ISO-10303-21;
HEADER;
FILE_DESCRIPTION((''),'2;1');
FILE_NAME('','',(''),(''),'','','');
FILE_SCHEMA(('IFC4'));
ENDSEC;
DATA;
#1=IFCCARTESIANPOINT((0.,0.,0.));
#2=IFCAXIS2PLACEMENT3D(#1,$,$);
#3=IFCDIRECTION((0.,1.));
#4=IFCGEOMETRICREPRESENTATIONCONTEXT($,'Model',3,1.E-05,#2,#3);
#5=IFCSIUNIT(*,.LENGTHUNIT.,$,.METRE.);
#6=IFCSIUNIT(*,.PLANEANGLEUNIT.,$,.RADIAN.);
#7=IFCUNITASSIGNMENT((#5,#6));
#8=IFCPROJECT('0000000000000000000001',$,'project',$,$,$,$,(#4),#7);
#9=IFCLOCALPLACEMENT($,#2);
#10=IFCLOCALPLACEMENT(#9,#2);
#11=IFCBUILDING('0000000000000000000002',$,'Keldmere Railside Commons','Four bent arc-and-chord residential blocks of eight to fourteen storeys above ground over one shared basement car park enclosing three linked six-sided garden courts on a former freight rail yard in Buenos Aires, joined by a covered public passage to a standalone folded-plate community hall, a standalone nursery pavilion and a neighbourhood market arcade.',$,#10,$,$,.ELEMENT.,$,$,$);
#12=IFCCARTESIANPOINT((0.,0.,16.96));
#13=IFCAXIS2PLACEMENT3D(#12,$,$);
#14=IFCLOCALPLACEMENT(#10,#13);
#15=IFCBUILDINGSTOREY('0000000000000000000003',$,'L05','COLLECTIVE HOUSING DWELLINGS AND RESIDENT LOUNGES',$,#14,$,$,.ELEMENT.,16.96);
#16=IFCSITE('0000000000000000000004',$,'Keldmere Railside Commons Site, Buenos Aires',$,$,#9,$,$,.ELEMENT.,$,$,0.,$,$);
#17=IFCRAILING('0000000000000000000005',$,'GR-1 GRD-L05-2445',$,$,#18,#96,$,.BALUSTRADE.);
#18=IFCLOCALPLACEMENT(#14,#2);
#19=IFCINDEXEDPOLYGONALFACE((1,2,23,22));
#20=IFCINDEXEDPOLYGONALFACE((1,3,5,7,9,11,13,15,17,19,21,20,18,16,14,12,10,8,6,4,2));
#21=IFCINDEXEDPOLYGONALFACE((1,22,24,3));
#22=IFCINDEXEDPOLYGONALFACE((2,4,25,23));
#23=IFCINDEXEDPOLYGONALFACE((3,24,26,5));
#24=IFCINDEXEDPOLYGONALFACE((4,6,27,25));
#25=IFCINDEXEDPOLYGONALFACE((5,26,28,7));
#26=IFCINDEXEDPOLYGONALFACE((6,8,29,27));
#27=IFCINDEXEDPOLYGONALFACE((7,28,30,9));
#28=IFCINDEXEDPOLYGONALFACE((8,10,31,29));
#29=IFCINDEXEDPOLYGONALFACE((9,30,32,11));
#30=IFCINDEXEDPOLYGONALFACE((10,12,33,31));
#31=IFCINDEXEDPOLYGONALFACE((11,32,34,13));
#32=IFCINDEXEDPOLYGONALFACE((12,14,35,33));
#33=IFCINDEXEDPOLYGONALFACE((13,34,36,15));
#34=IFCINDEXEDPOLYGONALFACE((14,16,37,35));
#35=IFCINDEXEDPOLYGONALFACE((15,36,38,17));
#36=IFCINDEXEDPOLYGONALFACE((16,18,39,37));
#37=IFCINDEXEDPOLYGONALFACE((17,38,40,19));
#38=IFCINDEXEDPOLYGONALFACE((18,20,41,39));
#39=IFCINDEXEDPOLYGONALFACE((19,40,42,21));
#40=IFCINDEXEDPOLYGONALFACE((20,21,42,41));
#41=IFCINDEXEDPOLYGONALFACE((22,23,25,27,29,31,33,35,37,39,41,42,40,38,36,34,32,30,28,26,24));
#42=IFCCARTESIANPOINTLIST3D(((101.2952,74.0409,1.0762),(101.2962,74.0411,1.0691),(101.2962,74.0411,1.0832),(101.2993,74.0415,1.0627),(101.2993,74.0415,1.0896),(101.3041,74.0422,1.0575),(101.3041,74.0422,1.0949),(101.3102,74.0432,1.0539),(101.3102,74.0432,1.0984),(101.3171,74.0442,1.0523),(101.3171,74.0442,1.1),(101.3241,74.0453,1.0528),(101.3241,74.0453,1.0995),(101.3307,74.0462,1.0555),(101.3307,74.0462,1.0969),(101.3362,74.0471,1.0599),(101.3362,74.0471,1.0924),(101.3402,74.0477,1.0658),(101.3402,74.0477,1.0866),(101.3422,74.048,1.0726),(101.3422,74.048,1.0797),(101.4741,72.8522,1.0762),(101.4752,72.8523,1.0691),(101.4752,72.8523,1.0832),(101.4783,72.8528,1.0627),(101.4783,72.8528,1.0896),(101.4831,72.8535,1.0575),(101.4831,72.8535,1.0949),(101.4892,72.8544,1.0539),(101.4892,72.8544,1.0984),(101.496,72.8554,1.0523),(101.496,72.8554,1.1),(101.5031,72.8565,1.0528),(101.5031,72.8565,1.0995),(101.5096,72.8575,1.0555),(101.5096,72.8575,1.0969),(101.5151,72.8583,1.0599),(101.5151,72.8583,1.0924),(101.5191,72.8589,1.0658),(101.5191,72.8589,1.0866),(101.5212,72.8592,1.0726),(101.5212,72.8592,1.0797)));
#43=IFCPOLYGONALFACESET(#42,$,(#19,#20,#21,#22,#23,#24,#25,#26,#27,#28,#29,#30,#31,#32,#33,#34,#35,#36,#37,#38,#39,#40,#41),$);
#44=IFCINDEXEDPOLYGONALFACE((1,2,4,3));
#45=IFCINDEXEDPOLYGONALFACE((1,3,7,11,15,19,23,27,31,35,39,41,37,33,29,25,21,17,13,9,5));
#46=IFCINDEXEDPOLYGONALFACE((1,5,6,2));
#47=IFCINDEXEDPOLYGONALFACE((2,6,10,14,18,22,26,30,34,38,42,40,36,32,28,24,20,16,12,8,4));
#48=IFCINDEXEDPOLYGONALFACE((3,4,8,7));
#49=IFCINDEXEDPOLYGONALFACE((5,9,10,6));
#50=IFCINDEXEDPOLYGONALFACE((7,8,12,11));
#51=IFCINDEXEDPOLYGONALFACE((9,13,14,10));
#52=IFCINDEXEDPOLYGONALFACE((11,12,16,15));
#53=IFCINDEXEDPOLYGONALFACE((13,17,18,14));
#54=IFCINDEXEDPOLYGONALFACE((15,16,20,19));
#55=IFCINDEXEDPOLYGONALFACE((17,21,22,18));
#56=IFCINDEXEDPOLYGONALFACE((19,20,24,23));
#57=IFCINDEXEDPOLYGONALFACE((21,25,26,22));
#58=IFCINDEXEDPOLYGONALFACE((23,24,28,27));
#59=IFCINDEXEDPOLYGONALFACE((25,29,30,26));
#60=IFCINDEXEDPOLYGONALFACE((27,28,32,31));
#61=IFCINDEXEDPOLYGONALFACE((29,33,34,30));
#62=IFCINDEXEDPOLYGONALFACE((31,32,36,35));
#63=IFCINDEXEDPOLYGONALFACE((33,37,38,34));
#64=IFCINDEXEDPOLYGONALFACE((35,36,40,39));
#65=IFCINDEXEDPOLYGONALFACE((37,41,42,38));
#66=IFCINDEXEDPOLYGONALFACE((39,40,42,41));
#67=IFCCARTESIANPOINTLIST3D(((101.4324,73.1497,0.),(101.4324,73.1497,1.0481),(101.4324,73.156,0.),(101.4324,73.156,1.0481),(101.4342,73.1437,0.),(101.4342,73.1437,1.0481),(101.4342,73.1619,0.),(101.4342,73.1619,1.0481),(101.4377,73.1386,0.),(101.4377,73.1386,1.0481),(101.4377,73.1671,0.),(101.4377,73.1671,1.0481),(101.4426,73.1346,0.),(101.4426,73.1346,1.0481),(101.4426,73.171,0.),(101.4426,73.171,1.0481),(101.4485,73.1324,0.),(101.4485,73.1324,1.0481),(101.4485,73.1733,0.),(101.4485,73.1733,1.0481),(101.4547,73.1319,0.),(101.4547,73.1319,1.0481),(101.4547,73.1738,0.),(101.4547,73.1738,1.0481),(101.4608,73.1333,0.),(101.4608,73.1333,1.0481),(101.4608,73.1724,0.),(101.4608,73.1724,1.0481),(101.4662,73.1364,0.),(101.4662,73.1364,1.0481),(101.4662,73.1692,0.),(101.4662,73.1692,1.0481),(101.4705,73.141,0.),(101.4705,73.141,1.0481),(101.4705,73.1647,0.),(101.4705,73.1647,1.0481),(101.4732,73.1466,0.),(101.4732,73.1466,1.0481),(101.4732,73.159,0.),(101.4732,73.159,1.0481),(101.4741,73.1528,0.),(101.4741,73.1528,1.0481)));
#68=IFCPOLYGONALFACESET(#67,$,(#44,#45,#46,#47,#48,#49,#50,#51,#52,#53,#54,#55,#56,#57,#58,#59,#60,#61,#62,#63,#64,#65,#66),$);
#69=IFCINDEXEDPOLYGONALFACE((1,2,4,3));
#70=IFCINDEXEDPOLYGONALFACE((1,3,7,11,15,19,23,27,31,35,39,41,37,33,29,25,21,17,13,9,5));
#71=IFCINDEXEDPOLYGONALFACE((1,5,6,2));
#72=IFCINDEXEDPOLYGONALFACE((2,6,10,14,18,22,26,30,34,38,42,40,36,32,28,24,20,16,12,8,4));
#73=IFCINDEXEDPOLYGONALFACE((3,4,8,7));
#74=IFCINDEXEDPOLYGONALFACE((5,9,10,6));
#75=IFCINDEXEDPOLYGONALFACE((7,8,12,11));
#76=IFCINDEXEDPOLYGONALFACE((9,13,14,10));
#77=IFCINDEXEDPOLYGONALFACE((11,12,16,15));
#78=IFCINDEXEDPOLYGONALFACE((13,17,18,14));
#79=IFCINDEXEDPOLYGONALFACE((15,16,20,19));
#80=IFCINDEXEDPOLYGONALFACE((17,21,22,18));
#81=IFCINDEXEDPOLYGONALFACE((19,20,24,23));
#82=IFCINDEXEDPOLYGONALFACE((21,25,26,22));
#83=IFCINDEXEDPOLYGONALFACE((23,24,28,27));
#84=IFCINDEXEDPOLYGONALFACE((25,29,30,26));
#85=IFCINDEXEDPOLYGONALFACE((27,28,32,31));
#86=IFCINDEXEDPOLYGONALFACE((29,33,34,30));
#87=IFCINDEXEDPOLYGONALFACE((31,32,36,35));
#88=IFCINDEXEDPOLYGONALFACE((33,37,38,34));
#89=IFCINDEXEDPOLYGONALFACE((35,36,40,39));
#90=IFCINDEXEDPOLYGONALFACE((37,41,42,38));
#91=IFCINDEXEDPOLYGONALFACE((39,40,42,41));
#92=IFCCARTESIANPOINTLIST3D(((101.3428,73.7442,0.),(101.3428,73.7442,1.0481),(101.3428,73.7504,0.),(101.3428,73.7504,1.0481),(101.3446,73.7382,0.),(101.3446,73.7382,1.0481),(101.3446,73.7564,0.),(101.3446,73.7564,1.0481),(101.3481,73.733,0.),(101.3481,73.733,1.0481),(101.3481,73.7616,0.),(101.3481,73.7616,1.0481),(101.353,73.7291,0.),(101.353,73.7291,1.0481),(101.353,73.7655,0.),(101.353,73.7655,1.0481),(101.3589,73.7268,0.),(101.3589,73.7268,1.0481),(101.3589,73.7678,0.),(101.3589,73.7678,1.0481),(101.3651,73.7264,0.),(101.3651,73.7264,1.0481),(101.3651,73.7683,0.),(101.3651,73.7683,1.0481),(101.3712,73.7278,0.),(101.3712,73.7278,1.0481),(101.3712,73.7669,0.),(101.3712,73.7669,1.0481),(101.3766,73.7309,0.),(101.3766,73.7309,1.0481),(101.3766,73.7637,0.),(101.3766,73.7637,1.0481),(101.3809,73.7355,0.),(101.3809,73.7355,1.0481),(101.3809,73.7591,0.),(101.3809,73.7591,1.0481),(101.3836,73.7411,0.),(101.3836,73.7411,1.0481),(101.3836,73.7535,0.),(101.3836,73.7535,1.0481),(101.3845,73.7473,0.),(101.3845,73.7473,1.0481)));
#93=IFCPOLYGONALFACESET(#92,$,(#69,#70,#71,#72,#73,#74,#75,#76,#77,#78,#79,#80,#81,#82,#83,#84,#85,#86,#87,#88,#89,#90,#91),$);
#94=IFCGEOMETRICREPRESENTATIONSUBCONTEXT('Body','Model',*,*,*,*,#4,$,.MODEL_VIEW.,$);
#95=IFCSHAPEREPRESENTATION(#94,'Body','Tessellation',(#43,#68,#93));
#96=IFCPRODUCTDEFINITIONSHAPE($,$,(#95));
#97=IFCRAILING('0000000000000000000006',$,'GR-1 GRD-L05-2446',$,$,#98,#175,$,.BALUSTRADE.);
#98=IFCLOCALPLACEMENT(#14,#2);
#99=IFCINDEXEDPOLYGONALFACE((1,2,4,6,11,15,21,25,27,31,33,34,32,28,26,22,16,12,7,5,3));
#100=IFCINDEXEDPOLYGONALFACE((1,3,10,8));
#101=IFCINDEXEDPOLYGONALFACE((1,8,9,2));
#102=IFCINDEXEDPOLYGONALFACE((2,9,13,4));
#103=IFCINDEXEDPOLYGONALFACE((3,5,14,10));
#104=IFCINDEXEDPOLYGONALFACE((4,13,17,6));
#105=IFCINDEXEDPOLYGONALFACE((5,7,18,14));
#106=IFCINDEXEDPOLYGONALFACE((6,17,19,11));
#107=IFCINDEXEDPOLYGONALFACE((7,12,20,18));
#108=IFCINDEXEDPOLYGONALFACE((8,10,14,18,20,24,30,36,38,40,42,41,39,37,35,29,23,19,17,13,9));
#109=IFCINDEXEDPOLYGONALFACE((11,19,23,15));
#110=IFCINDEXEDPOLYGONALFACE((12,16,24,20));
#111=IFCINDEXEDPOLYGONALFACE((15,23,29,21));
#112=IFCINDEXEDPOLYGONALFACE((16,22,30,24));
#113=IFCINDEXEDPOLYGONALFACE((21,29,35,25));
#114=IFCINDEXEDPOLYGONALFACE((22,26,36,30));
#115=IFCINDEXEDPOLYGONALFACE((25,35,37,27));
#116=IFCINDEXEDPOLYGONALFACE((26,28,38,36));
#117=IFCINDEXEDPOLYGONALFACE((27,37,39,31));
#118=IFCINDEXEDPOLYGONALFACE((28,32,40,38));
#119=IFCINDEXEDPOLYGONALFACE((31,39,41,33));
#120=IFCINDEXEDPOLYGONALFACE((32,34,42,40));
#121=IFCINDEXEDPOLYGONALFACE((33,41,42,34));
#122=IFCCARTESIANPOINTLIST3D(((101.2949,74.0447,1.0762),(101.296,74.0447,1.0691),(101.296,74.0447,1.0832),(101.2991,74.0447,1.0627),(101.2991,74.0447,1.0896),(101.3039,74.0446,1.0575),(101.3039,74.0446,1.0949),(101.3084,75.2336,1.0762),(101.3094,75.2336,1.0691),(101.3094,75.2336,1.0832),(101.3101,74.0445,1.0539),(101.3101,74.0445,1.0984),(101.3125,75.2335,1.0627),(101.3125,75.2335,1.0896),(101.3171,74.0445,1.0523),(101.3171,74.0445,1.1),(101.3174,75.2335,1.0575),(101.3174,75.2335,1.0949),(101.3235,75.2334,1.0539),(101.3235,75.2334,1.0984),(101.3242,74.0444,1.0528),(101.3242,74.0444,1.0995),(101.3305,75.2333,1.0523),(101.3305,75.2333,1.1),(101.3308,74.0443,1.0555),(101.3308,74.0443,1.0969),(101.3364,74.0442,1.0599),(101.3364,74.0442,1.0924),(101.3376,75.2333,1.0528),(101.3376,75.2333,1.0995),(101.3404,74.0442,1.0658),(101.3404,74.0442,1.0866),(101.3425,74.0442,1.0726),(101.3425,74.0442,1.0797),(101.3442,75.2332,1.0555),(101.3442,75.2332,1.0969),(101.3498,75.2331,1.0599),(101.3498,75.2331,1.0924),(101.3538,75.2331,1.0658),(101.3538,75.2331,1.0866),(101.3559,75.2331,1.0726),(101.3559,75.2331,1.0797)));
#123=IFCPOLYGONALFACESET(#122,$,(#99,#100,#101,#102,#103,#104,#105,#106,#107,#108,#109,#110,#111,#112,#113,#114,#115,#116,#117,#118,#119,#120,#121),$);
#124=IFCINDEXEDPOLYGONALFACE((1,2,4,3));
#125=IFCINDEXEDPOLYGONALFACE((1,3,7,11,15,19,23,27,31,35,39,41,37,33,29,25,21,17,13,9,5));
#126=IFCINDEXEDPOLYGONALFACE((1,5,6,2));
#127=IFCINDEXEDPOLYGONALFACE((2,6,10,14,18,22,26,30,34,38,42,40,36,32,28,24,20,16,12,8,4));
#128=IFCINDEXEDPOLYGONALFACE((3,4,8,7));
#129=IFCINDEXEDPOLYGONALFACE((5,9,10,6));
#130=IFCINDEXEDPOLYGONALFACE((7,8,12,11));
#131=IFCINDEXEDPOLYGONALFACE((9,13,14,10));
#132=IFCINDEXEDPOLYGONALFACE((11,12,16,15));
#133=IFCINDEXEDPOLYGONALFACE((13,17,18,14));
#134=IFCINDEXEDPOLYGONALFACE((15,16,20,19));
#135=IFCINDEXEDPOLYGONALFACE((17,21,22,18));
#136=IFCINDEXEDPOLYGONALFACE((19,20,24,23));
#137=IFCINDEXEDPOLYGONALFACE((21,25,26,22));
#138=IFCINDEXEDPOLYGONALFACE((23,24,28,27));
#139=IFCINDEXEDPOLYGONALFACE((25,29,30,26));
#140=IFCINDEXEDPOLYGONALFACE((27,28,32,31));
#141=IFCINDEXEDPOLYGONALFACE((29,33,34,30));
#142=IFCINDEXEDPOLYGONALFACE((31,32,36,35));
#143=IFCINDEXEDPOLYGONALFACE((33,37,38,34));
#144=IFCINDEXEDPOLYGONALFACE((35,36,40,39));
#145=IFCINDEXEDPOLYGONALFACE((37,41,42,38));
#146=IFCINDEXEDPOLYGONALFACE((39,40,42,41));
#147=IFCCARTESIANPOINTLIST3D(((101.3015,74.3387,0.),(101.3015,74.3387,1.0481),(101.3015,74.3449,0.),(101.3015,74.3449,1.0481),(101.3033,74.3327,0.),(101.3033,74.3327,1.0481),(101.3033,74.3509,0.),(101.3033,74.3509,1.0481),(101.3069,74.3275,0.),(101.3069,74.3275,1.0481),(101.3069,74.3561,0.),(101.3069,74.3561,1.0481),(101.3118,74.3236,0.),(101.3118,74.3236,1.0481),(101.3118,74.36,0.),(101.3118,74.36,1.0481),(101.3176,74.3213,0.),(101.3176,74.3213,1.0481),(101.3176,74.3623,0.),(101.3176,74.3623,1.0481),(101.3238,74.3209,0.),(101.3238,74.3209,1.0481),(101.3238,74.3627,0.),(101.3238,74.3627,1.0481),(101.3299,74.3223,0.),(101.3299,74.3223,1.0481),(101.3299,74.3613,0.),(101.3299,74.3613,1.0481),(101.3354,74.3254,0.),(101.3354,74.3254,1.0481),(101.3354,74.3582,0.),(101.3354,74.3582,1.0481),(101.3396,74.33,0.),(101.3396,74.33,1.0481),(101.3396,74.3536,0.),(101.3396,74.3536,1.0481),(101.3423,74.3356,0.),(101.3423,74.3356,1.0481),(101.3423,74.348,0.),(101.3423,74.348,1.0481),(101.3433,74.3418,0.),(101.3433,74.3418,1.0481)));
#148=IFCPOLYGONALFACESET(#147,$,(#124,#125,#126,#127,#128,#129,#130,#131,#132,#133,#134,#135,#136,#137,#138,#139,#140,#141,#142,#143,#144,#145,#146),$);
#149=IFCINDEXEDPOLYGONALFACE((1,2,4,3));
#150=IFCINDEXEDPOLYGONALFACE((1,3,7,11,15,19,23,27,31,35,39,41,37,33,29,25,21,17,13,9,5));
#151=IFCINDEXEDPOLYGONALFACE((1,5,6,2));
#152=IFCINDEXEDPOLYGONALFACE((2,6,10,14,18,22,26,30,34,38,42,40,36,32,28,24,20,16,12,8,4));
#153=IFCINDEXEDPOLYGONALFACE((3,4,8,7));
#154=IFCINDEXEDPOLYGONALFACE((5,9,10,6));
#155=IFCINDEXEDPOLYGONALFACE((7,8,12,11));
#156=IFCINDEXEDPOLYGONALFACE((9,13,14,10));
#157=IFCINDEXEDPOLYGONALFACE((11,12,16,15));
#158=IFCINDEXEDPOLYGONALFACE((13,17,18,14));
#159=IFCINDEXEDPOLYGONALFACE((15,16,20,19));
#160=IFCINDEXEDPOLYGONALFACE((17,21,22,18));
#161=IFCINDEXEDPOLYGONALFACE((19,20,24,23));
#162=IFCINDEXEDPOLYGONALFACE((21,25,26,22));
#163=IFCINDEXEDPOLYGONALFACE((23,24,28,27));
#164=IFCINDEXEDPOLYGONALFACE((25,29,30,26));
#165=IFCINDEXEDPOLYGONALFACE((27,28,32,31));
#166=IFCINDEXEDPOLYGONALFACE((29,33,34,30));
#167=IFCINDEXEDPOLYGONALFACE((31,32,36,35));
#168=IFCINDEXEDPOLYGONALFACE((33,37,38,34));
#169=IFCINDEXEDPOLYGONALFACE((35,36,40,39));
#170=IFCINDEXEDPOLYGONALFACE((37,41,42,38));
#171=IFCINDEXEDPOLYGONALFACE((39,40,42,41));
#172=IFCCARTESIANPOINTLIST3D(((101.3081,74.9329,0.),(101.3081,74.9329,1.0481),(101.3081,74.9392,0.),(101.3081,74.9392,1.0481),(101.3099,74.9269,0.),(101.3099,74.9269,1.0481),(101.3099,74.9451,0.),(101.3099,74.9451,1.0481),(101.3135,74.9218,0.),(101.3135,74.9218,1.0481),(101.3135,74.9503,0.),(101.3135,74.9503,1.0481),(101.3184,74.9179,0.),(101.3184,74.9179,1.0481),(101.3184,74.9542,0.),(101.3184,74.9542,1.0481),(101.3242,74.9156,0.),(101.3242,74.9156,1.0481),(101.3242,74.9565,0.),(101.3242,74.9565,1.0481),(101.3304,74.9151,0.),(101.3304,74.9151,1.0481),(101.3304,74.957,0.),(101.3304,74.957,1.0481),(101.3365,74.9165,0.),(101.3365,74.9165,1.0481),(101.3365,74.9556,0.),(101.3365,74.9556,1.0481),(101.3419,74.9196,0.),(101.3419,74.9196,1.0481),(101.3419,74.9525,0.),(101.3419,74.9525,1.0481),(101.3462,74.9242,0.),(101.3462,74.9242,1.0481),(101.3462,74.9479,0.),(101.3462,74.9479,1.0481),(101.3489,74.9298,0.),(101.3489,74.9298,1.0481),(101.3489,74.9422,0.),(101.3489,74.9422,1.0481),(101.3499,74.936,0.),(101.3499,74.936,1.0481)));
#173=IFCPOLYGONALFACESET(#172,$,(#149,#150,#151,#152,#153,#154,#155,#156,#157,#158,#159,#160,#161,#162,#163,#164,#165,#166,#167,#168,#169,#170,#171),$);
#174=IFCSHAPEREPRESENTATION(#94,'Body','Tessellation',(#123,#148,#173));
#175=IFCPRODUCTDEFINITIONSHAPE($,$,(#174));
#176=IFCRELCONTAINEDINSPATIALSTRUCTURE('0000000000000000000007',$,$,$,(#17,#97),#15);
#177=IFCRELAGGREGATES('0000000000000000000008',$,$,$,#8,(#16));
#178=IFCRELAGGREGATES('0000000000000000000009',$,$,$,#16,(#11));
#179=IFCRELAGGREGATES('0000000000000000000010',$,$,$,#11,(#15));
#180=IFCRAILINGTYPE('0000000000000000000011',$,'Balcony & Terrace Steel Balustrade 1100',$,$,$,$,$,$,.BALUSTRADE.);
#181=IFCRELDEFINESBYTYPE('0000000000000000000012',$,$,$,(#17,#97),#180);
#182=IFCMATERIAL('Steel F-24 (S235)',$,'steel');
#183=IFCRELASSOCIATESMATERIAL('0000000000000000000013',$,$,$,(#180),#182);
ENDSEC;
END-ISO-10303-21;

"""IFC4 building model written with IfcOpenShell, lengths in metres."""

from ifc_helpers import new_model, si_unit, direction, frame, origin, origin_2d, place, context, subcontext, project, spatial, circle, extrude, material, type_object, element, save


model = new_model("IFC4")

# Units and contexts
model_context = context("Model", 3, precision=1e-05, world=origin(), true_north=direction((0.0, 1.0)))
body_context = subcontext(model_context, "Body", "Model", "MODEL_VIEW")
ifc_project = project(units=[si_unit("LENGTHUNIT", "METRE"), si_unit("PLANEANGLEUNIT", "RADIAN")], contexts=[model_context])

# Site, building, storey
site_placement = place(None, origin())
site = spatial("IfcSite", under=ifc_project, at=site_placement, Name="Keldmere Railside Commons Site, Buenos Aires", CompositionType="ELEMENT", RefElevation=0.0)
building_placement = place(site_placement, origin())
building = spatial("IfcBuilding", under=site, at=building_placement, Name="Keldmere Railside Commons", Description="Four bent arc-and-chord residential blocks of eight to fourteen storeys above ground over one shared basement car park enclosing three linked six-sided garden courts on a former freight rail yard in Buenos Aires, joined by a covered public passage to a standalone folded-plate community hall, a standalone nursery pavilion and a neighbourhood market arcade.", CompositionType="ELEMENT")
storey_placement = place(building_placement, frame((0.0, 0.0, 16.96)))
storey = spatial("IfcBuildingStorey", under=building, at=storey_placement, Name="L05", Description="COLLECTIVE HOUSING DWELLINGS AND RESIDENT LOUNGES", CompositionType="ELEMENT", Elevation=16.96)

# Shared definitions
ifc_material_1 = material(Name="Steel F-24 (S235)", Category="steel")

# Railings
railing_type_1 = type_object("IfcRailingType", Name="Balcony & Terrace Steel Balustrade 1100", PredefinedType="BALUSTRADE", material=ifc_material_1)
railing_1_placement = place(storey_placement, frame((101.4978, 72.8557, 0.0)))
element("IfcRailing", 1, at=railing_1_placement, inside=storey, type_object=railing_type_1, Name="GR-1 GRD-L05-2445", PredefinedType="BALUSTRADE", context=body_context, shape_type="SweptSolid", body=[
    extrude(circle(Radius=0.0239, at=origin_2d()), frame((0.0, 0.0, 1.0762), z_axis=(-0.148867, 0.988857, 0.0), x_axis=(-0.988857, -0.148867, 0.0)), (0.0, 0.0, 1.0), 1.2021),
    extrude(circle(Radius=0.021, at=origin_2d()), frame((-0.0447, 0.2971, 0.0)), (0.0, 0.0, 1.0), 1.0481),
    extrude(circle(Radius=0.021, at=origin_2d()), frame((-0.1343, 0.8916, 0.0)), (0.0, 0.0, 1.0), 1.0481),
])
railing_2_placement = place(storey_placement, frame((101.3188, 74.0444, 0.0)))
element("IfcRailing", 2, at=railing_2_placement, inside=storey, type_object=railing_type_1, Name="GR-1 GRD-L05-2446", PredefinedType="BALUSTRADE", context=body_context, shape_type="SweptSolid", body=[
    extrude(circle(Radius=0.0239, at=origin_2d()), frame((0.0, 0.0, 1.0762), z_axis=(0.011293, 0.999936, 0.0), x_axis=(-0.999936, 0.011293, 0.0)), (0.0, 0.0, 1.0), 1.189),
    extrude(circle(Radius=0.021, at=origin_2d()), frame((0.0034, 0.2974, 0.0)), (0.0, 0.0, 1.0), 1.0481),
    extrude(circle(Radius=0.021, at=origin_2d()), frame((0.01, 0.8916, 0.0)), (0.0, 0.0, 1.0), 1.0481),
])

save(model, "model.ifc")
